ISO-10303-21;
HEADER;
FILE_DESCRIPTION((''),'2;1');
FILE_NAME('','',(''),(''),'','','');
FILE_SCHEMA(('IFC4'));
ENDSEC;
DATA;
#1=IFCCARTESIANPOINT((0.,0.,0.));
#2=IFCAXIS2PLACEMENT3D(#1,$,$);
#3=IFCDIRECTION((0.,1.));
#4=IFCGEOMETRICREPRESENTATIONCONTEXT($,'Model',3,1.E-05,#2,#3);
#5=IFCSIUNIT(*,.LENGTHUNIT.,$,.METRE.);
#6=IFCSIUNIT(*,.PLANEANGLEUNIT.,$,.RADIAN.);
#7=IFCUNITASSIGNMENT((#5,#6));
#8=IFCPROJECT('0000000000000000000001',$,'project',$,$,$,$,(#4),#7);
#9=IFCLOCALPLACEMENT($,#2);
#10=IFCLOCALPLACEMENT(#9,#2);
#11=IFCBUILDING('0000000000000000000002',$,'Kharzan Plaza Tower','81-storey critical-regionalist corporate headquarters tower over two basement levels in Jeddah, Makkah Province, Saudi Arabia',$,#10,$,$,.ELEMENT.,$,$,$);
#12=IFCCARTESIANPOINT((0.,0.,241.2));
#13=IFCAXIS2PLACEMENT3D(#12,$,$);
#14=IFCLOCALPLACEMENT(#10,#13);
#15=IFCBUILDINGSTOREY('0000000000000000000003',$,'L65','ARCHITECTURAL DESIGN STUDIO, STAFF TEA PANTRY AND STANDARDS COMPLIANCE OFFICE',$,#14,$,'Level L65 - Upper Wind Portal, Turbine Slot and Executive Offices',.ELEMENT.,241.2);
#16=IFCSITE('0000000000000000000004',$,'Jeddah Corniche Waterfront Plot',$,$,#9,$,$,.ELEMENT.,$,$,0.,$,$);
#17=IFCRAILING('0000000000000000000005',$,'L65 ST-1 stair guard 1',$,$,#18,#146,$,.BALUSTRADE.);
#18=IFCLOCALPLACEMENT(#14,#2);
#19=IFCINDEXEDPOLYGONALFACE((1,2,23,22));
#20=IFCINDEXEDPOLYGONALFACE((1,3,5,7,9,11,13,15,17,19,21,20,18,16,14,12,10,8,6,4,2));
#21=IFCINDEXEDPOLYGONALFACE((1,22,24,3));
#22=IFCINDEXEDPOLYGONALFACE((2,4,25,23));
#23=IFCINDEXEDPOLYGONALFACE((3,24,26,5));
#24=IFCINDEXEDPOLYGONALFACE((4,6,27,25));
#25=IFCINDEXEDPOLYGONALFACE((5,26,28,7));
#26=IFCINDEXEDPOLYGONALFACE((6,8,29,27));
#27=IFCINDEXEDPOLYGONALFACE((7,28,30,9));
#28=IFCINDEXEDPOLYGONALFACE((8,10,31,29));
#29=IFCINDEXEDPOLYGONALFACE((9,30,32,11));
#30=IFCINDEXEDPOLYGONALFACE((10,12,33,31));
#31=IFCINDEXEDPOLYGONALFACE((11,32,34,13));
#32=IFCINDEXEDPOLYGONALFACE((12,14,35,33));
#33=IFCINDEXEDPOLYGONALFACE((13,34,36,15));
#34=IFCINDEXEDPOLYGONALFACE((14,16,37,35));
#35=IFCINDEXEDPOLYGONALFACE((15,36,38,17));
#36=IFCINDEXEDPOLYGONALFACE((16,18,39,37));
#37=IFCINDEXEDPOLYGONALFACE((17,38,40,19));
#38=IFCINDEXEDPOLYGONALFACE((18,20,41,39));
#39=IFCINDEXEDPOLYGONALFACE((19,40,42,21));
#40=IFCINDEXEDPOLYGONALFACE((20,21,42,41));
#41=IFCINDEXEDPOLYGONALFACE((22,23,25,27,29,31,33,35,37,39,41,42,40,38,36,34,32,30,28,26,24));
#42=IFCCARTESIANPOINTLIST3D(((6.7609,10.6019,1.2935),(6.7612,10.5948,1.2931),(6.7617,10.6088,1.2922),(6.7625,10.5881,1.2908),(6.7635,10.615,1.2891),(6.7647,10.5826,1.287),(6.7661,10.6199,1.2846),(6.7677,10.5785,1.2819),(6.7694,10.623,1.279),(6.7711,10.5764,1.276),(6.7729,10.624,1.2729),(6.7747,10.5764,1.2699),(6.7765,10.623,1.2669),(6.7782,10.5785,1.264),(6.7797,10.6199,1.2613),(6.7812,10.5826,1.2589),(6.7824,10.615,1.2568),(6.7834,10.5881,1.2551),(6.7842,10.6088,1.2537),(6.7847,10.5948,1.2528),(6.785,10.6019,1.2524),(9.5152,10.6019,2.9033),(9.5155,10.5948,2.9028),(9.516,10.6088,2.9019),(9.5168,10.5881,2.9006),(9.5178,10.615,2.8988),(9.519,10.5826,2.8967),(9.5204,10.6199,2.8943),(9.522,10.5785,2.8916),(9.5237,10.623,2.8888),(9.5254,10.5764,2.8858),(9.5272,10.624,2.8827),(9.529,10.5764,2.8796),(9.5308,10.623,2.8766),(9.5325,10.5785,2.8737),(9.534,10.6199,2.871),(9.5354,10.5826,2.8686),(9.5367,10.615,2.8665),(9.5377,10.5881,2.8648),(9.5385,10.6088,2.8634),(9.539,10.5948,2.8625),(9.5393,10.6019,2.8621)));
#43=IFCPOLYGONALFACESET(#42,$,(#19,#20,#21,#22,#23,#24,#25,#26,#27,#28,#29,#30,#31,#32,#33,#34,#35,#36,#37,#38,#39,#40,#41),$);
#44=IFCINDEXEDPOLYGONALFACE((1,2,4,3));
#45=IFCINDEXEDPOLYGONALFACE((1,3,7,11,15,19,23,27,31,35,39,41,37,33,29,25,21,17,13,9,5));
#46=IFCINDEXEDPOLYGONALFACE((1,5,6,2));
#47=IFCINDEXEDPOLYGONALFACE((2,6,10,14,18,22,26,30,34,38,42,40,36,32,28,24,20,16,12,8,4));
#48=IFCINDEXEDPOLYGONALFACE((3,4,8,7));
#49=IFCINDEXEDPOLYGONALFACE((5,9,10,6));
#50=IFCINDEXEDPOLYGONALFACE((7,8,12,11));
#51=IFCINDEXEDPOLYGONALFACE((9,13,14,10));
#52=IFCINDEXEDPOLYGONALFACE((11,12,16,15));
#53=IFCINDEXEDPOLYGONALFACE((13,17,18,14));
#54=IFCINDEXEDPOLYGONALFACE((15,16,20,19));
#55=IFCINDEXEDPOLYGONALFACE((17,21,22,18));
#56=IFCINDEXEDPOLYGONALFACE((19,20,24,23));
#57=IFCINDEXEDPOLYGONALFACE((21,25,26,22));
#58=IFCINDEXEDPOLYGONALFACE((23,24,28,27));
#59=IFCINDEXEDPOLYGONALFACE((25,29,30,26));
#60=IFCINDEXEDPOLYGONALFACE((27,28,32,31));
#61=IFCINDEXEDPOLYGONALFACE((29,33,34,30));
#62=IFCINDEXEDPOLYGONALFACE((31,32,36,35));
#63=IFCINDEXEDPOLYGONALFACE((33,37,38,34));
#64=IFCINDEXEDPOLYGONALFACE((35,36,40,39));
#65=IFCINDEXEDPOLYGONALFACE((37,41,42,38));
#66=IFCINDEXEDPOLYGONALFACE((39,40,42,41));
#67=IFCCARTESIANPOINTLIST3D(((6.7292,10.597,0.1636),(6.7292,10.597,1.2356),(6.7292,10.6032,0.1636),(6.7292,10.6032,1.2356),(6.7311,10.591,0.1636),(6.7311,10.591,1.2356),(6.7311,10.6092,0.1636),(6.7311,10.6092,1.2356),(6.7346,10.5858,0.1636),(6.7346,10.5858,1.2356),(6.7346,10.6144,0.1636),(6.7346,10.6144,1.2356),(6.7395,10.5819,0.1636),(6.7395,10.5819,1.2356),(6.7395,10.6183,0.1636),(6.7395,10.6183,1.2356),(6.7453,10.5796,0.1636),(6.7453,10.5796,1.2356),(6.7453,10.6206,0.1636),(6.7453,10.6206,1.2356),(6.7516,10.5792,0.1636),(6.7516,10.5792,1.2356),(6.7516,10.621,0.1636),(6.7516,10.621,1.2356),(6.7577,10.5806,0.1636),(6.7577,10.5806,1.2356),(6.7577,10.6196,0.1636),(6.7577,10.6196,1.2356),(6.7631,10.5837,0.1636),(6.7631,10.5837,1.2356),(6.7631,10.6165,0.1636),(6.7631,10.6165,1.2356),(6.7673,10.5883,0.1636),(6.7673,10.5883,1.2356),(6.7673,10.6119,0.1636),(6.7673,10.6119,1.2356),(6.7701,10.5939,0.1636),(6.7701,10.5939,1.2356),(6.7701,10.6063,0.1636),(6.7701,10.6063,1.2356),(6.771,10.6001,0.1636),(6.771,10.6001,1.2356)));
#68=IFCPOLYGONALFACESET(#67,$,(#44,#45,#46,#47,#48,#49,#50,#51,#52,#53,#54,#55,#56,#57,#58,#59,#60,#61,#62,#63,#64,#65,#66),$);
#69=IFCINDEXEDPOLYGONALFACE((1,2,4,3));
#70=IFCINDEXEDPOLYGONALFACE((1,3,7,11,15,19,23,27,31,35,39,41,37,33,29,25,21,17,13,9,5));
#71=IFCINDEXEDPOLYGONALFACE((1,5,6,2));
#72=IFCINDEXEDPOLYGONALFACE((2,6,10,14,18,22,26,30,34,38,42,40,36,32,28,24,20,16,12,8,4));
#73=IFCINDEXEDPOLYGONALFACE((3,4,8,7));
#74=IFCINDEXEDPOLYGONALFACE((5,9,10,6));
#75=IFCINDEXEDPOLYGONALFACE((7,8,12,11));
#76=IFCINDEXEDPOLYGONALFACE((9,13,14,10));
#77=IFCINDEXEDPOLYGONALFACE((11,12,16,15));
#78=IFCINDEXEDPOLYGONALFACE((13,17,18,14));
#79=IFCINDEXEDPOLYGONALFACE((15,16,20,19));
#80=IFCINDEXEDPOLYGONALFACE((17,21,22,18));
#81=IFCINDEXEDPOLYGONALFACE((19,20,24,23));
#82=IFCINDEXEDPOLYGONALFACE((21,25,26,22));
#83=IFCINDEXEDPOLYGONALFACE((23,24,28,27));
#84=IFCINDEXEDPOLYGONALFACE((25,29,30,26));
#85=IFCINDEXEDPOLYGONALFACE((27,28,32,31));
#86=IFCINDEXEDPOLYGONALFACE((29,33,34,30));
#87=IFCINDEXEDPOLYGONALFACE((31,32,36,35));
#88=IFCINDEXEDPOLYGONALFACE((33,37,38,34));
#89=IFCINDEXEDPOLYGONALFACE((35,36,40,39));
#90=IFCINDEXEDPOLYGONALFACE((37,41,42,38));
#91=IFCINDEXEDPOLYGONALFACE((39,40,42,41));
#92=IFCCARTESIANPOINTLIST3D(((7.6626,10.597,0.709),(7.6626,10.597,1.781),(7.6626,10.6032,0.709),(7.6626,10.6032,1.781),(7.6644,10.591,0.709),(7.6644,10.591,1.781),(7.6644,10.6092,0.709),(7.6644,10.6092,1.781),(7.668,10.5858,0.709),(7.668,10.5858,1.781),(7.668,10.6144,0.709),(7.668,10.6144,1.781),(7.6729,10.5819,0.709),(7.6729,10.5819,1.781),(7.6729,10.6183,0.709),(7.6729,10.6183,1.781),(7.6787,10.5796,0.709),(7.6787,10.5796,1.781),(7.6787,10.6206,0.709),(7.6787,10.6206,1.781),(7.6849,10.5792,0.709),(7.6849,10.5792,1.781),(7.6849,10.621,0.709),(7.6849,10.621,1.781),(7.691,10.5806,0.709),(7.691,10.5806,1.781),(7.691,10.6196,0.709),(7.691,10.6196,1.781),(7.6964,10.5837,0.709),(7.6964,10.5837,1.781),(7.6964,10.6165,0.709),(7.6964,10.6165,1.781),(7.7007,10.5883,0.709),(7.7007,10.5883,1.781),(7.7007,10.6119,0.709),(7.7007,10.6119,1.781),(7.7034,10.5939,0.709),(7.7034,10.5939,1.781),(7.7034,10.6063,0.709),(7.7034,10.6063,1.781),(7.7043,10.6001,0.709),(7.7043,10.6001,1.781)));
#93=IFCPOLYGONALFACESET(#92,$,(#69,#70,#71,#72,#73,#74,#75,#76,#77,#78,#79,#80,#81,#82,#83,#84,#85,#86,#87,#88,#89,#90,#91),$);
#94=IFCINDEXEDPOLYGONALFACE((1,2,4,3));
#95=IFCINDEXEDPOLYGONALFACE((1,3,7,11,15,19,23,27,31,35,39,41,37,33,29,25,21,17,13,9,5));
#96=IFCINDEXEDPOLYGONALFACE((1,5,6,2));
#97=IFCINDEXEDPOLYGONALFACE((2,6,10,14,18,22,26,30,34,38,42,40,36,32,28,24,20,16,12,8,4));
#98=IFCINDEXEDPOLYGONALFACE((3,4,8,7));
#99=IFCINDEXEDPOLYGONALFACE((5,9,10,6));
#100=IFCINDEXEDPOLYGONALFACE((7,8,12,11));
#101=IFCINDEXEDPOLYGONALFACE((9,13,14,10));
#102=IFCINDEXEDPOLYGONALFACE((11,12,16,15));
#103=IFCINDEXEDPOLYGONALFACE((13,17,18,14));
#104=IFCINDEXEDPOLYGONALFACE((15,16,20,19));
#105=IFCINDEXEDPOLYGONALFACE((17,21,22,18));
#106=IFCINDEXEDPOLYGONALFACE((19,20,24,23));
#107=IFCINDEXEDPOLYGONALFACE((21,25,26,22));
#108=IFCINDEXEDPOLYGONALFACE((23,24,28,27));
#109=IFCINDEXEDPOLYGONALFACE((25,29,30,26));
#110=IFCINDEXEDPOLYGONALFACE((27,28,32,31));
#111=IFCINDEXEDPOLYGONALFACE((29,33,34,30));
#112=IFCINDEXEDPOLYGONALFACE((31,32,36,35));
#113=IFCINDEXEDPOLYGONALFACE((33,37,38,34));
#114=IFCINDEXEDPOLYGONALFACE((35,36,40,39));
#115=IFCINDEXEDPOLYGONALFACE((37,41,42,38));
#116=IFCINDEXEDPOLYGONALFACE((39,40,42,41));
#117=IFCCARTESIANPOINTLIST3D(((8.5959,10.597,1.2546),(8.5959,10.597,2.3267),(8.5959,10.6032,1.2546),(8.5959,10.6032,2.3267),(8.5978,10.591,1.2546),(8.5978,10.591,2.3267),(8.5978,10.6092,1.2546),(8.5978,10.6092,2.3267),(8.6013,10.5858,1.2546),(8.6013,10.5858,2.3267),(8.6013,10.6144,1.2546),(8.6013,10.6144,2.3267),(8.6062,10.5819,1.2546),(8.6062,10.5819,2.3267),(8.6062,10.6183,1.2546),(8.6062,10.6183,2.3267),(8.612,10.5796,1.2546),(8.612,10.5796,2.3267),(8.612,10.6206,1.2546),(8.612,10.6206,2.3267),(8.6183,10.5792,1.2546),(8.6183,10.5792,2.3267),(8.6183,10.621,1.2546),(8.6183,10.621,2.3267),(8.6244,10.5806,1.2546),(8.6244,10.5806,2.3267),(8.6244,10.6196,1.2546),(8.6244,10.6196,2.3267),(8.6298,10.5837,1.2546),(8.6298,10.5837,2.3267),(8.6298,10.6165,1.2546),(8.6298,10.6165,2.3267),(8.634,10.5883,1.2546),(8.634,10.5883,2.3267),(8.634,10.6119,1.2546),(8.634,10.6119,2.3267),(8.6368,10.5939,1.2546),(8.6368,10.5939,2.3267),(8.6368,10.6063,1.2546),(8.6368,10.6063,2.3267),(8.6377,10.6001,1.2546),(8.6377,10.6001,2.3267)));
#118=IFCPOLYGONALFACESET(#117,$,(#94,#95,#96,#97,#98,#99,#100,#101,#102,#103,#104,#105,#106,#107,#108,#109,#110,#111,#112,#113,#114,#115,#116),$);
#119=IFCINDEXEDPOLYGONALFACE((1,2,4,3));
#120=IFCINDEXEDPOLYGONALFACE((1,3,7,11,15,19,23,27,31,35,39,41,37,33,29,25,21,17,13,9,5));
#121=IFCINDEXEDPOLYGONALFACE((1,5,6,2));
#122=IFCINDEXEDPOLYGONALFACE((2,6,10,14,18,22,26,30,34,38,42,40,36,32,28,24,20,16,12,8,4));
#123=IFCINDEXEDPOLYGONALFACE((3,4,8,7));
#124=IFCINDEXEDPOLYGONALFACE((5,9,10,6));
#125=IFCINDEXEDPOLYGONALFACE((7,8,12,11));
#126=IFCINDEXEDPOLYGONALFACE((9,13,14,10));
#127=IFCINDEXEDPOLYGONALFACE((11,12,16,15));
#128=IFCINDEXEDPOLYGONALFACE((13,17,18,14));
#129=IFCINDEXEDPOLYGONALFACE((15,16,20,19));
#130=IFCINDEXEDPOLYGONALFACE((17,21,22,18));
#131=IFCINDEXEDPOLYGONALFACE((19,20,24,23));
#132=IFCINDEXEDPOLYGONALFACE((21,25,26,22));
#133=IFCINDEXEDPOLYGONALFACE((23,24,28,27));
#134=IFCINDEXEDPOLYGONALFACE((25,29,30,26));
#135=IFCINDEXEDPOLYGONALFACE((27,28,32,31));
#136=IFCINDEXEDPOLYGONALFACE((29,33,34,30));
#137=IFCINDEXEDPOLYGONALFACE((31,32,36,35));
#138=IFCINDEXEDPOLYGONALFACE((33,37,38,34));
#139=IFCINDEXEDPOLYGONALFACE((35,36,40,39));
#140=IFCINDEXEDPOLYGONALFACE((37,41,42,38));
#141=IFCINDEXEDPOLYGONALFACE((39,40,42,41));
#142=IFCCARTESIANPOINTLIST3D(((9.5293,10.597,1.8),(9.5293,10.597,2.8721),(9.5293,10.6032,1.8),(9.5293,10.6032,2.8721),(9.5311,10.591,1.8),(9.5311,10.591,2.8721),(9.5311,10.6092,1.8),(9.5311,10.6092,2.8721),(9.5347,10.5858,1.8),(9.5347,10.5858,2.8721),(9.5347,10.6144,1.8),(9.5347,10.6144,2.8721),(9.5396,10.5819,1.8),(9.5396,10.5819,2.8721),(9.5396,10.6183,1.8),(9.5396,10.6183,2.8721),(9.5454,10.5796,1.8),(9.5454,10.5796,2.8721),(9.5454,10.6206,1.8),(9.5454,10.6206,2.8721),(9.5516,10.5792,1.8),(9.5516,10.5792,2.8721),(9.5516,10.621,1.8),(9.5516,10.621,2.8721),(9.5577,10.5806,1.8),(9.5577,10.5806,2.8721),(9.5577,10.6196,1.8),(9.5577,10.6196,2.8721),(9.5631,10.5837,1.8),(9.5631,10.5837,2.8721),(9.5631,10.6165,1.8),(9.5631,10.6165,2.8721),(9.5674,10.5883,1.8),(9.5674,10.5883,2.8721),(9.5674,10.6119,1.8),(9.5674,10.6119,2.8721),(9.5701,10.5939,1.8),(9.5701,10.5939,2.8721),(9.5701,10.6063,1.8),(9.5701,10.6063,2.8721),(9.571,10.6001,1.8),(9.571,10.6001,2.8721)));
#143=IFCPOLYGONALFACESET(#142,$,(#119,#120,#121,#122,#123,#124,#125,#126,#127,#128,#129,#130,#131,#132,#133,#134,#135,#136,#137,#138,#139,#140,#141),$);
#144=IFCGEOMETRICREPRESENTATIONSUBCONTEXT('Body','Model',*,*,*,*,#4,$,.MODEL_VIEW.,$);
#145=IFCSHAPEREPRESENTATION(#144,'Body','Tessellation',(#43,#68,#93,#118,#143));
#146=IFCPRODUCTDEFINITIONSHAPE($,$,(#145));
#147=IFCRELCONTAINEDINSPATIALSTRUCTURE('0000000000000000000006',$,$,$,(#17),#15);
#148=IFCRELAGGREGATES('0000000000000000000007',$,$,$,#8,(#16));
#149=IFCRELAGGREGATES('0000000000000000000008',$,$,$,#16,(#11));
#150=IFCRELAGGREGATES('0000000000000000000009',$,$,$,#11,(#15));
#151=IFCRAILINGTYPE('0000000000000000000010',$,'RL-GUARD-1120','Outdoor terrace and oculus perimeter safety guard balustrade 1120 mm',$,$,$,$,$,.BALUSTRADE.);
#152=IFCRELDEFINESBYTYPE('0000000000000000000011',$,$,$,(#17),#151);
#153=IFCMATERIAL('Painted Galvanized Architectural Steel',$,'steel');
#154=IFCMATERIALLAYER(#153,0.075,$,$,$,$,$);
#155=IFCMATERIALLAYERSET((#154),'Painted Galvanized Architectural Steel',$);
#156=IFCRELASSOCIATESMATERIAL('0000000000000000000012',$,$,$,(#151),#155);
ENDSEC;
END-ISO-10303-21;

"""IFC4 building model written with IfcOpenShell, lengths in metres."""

from ifc_helpers import new_model, si_unit, direction, frame, origin, origin_2d, place, context, subcontext, project, spatial, circle, extrude, source, transform, mapped, material, layer, layer_set, type_object, element, save


model = new_model("IFC4")

# Units and contexts
model_context = context("Model", 3, precision=1e-05, world=origin(), true_north=direction((0.0, 1.0)))
body_context = subcontext(model_context, "Body", "Model", "MODEL_VIEW")
ifc_project = project(units=[si_unit("LENGTHUNIT", "METRE"), si_unit("PLANEANGLEUNIT", "RADIAN")], contexts=[model_context])

# Site, building, storey
site_placement = place(None, origin())
site = spatial("IfcSite", under=ifc_project, at=site_placement, Name="Jeddah Corniche Waterfront Plot", CompositionType="ELEMENT", RefElevation=0.0)
building_placement = place(site_placement, origin())
building = spatial("IfcBuilding", under=site, at=building_placement, Name="Kharzan Plaza Tower", Description="81-storey critical-regionalist corporate headquarters tower over two basement levels in Jeddah, Makkah Province, Saudi Arabia", CompositionType="ELEMENT")
storey_placement = place(building_placement, frame((0.0, 0.0, 241.2)))
storey = spatial("IfcBuildingStorey", under=building, at=storey_placement, Name="L65", Description="ARCHITECTURAL DESIGN STUDIO, STAFF TEA PANTRY AND STANDARDS COMPLIANCE OFFICE", LongName="Level L65 - Upper Wind Portal, Turbine Slot and Executive Offices", CompositionType="ELEMENT", Elevation=241.2)

# Railing
ifc_material_1 = material(Name="Painted Galvanized Architectural Steel", Category="steel")
ifc_layer_1 = layer(ifc_material_1, 0.075)
ifc_layer_set_1 = layer_set([ifc_layer_1], Name="Painted Galvanized Architectural Steel")
railing_type_1 = type_object("IfcRailingType", Name="RL-GUARD-1120", Description="Outdoor terrace and oculus perimeter safety guard balustrade 1120 mm", PredefinedType="BALUSTRADE", material=ifc_layer_set_1)
shared_shape_1 = source(origin(), body_context, "Body", "SweptSolid", [
    extrude(circle(Radius=0.0239, at=origin_2d()), frame((0.0229, 0.0, 1.1094), z_axis=(0.863361, 0.0, 0.504587), x_axis=(0.0, 1.0, 0.0)), (0.0, 0.0, 1.0), 3.1902),
    extrude(circle(Radius=0.021, at=origin_2d()), origin(), (0.0, 0.0, 1.0), 1.072),
    extrude(circle(Radius=0.021, at=origin_2d()), frame((0.9333, 0.0, 0.5454)), (0.0, 0.0, 1.0), 1.072),
    extrude(circle(Radius=0.021, at=origin_2d()), frame((1.8667, 0.0, 1.0911)), (0.0, 0.0, 1.0), 1.072),
    extrude(circle(Radius=0.021, at=origin_2d()), frame((2.8, 0.0, 1.6365)), (0.0, 0.0, 1.0), 1.072),
])
railing_1_placement = place(storey_placement, frame((6.75, 10.6001, 0.1636)))
element("IfcRailing", 1, at=railing_1_placement, inside=storey, type_object=railing_type_1, Name="L65 ST-1 stair guard 1", PredefinedType="BALUSTRADE", context=body_context, shape_type="MappedRepresentation", body=[
    mapped(shared_shape_1, transform((0.0, 0.0, 0.0), x_axis=(1.0, 0.0, 0.0), y_axis=(0.0, 1.0, 0.0), z_axis=(0.0, 0.0, 1.0))),
])

save(model, "model.ifc")
